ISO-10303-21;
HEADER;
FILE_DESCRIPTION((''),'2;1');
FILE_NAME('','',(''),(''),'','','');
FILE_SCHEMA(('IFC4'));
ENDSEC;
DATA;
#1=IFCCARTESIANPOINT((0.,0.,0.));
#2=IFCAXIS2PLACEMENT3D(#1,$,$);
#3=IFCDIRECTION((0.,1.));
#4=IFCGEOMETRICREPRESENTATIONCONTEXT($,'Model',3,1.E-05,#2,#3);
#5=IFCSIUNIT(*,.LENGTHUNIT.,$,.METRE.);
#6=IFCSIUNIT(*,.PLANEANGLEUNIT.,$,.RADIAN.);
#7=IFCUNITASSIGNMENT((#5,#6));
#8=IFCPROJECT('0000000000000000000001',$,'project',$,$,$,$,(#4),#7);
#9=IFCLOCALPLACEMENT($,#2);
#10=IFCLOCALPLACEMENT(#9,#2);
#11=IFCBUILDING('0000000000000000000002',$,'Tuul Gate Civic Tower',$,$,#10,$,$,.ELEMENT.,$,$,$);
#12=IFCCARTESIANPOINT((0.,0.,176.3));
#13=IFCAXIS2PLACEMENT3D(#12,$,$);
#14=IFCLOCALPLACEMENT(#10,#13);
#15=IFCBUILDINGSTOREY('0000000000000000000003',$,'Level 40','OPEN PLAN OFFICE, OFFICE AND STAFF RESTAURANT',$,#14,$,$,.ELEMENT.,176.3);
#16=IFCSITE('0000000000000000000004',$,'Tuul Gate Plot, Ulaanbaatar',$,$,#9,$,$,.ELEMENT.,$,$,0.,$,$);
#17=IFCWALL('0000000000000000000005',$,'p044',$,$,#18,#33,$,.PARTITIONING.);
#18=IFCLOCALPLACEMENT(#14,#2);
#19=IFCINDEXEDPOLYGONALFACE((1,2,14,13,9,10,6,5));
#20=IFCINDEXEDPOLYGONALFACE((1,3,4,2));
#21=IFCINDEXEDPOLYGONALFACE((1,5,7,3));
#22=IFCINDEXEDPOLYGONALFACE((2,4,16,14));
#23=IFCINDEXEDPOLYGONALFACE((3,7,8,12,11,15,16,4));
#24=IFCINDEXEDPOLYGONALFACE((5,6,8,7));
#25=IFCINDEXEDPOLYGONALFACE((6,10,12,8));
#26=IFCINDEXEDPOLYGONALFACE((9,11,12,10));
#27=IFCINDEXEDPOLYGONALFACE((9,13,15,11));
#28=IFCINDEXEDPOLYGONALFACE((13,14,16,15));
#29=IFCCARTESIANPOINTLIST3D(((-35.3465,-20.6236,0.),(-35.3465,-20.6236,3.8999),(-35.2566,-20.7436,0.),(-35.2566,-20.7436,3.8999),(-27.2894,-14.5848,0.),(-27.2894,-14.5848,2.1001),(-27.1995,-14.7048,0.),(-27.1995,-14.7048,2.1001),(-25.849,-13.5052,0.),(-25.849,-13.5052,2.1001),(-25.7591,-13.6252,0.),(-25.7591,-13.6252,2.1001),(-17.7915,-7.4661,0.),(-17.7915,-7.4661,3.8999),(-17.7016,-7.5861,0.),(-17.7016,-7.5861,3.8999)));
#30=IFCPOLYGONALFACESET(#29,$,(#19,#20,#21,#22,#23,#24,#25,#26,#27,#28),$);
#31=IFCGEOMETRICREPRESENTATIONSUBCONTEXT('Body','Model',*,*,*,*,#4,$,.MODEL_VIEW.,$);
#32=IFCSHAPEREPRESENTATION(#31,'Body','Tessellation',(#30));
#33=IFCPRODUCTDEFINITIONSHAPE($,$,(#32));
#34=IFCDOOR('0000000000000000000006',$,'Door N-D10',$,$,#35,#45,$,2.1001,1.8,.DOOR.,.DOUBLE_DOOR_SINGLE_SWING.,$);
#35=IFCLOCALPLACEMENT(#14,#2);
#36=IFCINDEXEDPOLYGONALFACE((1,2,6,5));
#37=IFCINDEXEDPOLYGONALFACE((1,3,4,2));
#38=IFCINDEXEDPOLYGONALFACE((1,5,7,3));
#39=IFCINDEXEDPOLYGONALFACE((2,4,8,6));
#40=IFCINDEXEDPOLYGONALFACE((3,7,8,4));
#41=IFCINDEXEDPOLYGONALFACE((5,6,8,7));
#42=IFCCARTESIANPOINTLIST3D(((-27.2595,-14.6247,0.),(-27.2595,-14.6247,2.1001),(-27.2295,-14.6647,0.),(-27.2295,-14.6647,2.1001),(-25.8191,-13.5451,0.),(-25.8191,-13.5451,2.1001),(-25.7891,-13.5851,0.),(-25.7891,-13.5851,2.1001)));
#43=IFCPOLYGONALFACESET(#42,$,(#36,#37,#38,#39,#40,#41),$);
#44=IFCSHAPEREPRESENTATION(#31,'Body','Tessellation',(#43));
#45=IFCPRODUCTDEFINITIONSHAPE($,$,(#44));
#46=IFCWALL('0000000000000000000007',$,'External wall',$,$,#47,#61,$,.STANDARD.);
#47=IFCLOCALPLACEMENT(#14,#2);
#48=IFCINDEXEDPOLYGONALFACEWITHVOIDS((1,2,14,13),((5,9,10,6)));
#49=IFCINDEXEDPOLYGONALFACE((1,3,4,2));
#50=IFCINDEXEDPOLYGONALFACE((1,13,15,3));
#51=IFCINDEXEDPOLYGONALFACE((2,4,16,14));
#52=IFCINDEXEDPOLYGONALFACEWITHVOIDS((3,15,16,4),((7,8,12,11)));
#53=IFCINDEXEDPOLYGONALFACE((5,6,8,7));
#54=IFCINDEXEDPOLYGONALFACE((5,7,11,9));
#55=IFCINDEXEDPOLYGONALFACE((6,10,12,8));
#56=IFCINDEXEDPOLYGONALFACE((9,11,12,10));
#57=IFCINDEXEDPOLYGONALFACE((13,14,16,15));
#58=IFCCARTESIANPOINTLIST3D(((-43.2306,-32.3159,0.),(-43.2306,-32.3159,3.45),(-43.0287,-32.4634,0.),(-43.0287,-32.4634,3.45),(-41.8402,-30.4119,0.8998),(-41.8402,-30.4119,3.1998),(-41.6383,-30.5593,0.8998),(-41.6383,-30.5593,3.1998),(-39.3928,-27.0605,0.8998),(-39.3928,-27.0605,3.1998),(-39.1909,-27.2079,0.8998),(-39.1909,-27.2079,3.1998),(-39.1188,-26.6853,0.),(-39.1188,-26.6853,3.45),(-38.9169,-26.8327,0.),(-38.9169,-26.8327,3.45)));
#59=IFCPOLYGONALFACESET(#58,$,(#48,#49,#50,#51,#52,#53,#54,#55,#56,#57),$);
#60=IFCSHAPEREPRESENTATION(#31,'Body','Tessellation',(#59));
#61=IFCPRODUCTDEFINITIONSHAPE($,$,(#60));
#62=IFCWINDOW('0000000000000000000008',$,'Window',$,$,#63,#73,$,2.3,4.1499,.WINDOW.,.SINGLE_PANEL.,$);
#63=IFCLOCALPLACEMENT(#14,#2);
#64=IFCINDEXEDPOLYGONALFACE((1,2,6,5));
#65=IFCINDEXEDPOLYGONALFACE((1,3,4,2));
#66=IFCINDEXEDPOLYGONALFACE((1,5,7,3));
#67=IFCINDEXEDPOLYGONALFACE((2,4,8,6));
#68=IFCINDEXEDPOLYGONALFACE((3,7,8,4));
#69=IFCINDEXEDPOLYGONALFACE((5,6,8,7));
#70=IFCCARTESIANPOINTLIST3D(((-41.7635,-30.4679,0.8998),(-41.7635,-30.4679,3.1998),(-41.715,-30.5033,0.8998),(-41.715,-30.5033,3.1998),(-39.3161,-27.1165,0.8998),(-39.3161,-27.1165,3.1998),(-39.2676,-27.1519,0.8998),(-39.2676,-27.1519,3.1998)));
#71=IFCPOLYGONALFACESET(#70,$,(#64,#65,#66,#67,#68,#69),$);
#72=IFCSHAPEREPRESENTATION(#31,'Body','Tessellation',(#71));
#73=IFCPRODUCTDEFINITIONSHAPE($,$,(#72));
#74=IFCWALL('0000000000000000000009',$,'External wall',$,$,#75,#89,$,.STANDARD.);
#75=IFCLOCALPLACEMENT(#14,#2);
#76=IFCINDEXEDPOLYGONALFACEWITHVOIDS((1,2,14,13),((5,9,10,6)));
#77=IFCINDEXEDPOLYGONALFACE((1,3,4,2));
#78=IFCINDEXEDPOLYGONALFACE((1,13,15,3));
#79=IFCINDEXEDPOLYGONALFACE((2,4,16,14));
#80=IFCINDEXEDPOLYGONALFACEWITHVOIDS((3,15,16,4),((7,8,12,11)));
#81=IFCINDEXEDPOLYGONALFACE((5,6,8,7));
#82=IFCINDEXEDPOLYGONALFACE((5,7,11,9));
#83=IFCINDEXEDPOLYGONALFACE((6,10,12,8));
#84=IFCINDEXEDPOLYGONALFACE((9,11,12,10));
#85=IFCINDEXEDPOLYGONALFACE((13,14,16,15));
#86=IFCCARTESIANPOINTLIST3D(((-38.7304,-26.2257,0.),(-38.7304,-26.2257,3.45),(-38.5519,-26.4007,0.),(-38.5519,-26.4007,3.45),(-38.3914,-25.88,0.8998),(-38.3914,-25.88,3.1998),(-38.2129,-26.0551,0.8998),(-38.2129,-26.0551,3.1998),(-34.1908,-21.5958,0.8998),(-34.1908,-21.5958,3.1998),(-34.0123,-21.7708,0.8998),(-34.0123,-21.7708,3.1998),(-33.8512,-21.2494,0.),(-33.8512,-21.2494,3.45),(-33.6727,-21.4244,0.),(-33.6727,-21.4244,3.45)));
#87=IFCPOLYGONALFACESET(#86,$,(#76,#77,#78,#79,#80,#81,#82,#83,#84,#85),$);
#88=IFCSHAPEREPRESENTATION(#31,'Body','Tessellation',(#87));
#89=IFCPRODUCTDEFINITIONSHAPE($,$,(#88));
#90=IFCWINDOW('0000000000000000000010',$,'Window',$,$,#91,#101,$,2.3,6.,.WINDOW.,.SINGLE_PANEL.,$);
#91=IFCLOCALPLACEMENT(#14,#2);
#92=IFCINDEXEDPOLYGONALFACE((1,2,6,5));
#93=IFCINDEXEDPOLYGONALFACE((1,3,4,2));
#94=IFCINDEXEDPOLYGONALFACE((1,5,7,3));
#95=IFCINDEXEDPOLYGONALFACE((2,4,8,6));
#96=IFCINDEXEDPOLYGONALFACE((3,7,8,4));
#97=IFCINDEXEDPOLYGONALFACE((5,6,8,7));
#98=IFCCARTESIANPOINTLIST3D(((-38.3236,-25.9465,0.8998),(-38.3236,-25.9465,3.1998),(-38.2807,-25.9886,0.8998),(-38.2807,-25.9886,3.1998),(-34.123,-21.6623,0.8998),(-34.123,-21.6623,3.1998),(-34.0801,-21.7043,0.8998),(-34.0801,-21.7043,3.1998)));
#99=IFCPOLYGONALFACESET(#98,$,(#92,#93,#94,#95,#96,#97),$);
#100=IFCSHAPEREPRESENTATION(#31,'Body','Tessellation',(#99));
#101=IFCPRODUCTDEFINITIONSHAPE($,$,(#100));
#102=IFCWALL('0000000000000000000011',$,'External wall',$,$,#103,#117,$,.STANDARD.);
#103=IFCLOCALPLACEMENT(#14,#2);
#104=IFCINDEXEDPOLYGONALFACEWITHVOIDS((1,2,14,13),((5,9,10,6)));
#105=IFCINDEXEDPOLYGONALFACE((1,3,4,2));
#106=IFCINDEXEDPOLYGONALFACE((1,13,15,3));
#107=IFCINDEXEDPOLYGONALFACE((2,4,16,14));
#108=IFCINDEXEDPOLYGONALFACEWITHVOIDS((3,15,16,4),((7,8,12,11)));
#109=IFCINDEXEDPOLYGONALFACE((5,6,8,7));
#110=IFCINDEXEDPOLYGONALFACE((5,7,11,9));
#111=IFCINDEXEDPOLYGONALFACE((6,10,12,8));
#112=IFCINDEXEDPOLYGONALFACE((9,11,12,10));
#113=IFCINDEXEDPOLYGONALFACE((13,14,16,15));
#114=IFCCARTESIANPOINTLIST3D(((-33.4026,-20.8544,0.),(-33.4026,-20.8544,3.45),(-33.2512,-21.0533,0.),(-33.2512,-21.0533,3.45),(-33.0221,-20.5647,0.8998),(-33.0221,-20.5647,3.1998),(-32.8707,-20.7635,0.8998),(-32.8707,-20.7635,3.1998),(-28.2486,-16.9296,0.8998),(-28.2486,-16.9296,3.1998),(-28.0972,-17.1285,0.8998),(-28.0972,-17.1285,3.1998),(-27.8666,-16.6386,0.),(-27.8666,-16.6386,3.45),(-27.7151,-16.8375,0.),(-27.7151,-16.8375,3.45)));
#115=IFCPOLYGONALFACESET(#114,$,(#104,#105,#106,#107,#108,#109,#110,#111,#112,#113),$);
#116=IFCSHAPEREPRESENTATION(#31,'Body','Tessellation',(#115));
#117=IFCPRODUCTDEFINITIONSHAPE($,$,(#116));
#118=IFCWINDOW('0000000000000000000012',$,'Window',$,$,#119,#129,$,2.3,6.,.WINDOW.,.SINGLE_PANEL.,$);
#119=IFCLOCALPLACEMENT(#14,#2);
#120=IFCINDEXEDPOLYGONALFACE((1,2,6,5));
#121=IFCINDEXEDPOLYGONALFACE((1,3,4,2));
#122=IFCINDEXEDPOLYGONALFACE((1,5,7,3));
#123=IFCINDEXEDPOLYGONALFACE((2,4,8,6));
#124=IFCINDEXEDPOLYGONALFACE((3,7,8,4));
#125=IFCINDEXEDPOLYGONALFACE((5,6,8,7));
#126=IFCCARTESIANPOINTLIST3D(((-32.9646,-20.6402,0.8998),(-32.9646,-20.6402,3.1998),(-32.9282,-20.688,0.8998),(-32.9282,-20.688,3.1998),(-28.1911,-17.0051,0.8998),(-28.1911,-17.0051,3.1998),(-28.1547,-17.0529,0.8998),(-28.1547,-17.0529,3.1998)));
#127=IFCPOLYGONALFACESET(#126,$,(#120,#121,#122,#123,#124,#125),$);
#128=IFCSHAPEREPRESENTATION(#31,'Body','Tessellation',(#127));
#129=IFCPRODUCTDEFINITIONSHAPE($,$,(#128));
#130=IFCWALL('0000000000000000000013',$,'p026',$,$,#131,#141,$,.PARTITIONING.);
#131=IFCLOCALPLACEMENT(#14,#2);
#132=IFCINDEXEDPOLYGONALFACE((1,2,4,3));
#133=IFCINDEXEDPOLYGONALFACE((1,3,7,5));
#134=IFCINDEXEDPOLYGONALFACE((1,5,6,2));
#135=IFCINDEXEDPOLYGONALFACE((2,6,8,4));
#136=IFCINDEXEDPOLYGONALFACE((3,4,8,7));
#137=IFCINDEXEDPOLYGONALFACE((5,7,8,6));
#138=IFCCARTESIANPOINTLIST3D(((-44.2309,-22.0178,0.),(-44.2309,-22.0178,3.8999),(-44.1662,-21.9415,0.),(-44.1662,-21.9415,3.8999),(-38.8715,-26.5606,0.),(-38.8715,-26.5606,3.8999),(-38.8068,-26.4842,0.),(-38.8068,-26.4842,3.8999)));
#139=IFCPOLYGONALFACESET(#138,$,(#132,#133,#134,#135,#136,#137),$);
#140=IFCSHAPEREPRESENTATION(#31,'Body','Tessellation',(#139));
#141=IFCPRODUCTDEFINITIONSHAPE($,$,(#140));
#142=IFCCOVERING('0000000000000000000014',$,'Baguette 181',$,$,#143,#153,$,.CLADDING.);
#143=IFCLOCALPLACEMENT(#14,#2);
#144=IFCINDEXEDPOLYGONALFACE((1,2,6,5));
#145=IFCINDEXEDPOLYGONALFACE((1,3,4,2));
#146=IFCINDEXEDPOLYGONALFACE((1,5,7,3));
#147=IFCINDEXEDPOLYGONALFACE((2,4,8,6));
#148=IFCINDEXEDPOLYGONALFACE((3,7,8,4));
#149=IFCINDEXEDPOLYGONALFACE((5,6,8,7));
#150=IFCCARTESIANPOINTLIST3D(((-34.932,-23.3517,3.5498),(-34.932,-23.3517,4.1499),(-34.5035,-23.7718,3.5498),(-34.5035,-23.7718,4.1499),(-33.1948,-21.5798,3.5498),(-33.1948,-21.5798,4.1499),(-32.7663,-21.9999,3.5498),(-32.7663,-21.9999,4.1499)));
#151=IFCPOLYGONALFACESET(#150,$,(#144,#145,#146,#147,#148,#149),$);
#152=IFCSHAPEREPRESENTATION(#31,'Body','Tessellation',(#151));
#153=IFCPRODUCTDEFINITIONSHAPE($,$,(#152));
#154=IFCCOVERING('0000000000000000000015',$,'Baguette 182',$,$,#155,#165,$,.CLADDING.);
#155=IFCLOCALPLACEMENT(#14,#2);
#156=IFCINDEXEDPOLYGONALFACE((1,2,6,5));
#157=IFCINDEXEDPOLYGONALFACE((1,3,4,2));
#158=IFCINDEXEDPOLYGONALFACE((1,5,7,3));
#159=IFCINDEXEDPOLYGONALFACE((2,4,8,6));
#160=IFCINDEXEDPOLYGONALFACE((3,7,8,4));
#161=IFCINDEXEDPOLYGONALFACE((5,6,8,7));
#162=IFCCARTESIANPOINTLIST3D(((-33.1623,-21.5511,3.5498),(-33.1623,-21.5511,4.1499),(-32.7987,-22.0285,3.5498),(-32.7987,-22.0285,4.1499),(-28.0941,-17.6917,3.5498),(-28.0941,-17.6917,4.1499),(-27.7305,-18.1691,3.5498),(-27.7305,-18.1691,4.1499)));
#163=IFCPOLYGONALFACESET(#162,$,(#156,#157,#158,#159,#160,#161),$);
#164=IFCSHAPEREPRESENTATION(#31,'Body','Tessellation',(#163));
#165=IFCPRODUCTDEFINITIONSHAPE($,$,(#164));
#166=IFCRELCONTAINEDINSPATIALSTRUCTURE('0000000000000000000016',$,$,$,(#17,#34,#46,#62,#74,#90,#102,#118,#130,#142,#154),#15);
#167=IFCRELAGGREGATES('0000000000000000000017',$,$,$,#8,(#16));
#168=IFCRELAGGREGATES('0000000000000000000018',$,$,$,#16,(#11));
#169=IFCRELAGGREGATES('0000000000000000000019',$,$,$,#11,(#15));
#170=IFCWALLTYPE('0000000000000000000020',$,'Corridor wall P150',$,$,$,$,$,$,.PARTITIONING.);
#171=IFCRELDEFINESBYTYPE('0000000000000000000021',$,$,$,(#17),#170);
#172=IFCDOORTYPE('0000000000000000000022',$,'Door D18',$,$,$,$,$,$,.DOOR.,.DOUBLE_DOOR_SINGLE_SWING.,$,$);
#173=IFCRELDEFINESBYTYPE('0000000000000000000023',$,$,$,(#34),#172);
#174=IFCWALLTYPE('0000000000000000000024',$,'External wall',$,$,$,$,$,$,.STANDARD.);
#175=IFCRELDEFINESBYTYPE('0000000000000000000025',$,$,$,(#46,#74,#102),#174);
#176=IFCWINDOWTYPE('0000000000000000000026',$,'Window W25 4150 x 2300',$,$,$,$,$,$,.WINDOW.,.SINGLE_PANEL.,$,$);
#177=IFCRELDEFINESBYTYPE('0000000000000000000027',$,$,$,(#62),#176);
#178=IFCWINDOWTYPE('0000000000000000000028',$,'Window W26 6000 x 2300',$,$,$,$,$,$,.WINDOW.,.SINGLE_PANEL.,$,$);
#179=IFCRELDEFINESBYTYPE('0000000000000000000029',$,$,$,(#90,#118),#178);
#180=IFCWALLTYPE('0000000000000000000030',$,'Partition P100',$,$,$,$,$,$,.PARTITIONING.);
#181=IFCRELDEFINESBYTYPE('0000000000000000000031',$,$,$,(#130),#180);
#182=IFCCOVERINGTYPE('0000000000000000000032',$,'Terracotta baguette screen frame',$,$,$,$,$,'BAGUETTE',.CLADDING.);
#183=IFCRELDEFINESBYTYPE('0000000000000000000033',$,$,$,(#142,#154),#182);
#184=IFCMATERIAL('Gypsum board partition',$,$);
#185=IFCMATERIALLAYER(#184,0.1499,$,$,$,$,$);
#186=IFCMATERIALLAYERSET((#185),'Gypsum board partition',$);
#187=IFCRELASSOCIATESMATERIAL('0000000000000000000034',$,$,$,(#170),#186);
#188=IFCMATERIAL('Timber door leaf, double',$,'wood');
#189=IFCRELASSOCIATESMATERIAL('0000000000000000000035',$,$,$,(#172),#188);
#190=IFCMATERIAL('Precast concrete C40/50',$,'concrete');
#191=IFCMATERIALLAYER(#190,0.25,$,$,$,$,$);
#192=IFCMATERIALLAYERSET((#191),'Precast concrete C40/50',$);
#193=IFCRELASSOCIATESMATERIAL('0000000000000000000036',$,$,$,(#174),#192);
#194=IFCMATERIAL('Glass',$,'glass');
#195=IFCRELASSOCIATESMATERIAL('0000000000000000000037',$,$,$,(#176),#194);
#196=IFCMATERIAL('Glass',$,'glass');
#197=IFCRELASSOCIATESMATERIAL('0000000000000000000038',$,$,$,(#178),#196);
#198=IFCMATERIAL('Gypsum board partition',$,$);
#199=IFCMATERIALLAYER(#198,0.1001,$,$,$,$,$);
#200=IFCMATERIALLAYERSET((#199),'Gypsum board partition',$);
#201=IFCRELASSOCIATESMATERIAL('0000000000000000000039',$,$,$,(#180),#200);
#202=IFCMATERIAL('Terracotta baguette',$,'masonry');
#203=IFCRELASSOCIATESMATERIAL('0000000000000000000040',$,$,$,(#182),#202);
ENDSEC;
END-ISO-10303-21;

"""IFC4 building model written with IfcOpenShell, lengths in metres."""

from ifc_helpers import new_model, si_unit, direction, frame, frame_2d, origin, origin_2d, place, context, subcontext, project, spatial, rectangle, extrude, material, layer, layer_set, material_profile, profile_set, type_object, element, fill, save


model = new_model("IFC4")

# Units and contexts
model_context = context("Model", 3, precision=1e-05, world=origin(), true_north=direction((0.0, 1.0)))
body_context = subcontext(model_context, "Body", "Model", "MODEL_VIEW")
ifc_project = project(units=[si_unit("LENGTHUNIT", "METRE"), si_unit("PLANEANGLEUNIT", "RADIAN")], contexts=[model_context])

# Site, building, storey
site_placement = place(None, origin())
site = spatial("IfcSite", under=ifc_project, at=site_placement, Name="Tuul Gate Plot, Ulaanbaatar", CompositionType="ELEMENT", RefElevation=0.0)
building_placement = place(site_placement, origin())
building = spatial("IfcBuilding", under=site, at=building_placement, Name="Tuul Gate Civic Tower", CompositionType="ELEMENT")
storey_placement = place(building_placement, frame((0.0, 0.0, 176.3)))
storey = spatial("IfcBuildingStorey", under=building, at=storey_placement, Name="Level 40", Description="OPEN PLAN OFFICE, OFFICE AND STAFF RESTAURANT", CompositionType="ELEMENT", Elevation=176.3)

# Shared definitions
ifc_material_1 = material(Name="Gypsum board partition")
ifc_layer_1 = layer(ifc_material_1, 0.1499)
ifc_layer_set_1 = layer_set([ifc_layer_1], Name="Gypsum board partition")
wall_type_1 = type_object("IfcWallType", Name="Corridor wall P150", PredefinedType="PARTITIONING", material=ifc_layer_set_1)

# Wall, opening, door
wall_1_placement = place(storey_placement, frame((-35.3015, -20.6836, 0.0), z_axis=(0.0, 0.0, 1.0), x_axis=(0.800191, 0.599745, 0.0)))
wall_1 = element("IfcWall", 1, at=wall_1_placement, inside=storey, type_object=wall_type_1, Name="p044", PredefinedType="PARTITIONING", context=body_context, shape_type="SweptSolid", body=[
    extrude(rectangle(XDim=21.9385, YDim=0.1499, at=frame_2d((10.9692, 0.0))), origin(), (0.0, 0.0, 1.0), 3.8999),
])
opening_1_placement = place(wall_1_placement, frame((10.0691, 0.0, 0.0)))
opening_1 = element("IfcOpeningElement", 2, at=opening_1_placement, cuts=wall_1, PredefinedType="OPENING", context=body_context, shape_type="SweptSolid", body=[
    extrude(rectangle(XDim=1.8, YDim=2.1001, at=frame_2d((0.8999, 1.05))), frame((0.0, 0.085, 0.0), z_axis=(0.0, -1.0, 0.0), x_axis=(1.0, 0.0, 0.0)), (0.0, 0.0, 1.0), 0.1699),
])
ifc_material_2 = material(Name="Timber door leaf, double", Category="wood")
door_type = type_object("IfcDoorType", Name="Door D18", OperationType="DOUBLE_DOOR_SINGLE_SWING", PredefinedType="DOOR", material=ifc_material_2)
door_placement = place(opening_1_placement, frame((1.8, 0.0, 0.0), z_axis=(0.0, 0.0, 1.0), x_axis=(-1.0, 0.0, 0.0)))
door = element("IfcDoor", 3, at=door_placement, inside=storey, type_object=door_type, Name="Door N-D10", OperationType="DOUBLE_DOOR_SINGLE_SWING", OverallHeight=2.1001, OverallWidth=1.8, PredefinedType="DOOR", context=body_context, shape_type="SweptSolid", body=[
    extrude(rectangle(XDim=1.8, YDim=2.1001, at=frame_2d((0.9001, 1.05))), frame((0.0, 0.0249, 0.0), z_axis=(0.0, -1.0, 0.0), x_axis=(1.0, 0.0, 0.0)), (0.0, 0.0, 1.0), 0.05),
])
fill(opening_1, door)

# Walls, openings, windows
ifc_material_3 = material(Name="Precast concrete C40/50", Category="concrete")
ifc_layer_2 = layer(ifc_material_3, 0.25)
ifc_layer_set_2 = layer_set([ifc_layer_2], Name="Precast concrete C40/50")
wall_type_2 = type_object("IfcWallType", Name="External wall", PredefinedType="STANDARD", material=ifc_layer_set_2)
wall_2_placement = place(storey_placement, frame((-43.1296, -32.3896, 0.0), z_axis=(0.0, 0.0, 1.0), x_axis=(0.589749, 0.807587, 0.0)))
wall_2 = element("IfcWall", 4, at=wall_2_placement, inside=storey, type_object=wall_type_2, Name="External wall", PredefinedType="STANDARD", context=body_context, shape_type="SweptSolid", body=[
    extrude(rectangle(XDim=6.9722, YDim=0.25, at=frame_2d((3.4861, 0.0))), origin(), (0.0, 0.0, 1.0), 3.45),
])
opening_2_placement = place(wall_2_placement, frame((2.3577, 0.0, 0.8999)))
opening_2 = element("IfcOpeningElement", 5, at=opening_2_placement, cuts=wall_2, PredefinedType="OPENING", context=body_context, shape_type="SweptSolid", body=[
    extrude(rectangle(XDim=4.1499, YDim=2.3, at=frame_2d((2.075, 1.1499))), frame((0.0, 0.135, 0.0), z_axis=(0.0, -1.0, 0.0), x_axis=(1.0, 0.0, 0.0)), (0.0, 0.0, 1.0), 0.27),
])
ifc_material_4 = material(Name="Glass", Category="glass")
window_type_1 = type_object("IfcWindowType", Name="Window W25 4150 x 2300", PartitioningType="SINGLE_PANEL", PredefinedType="WINDOW", material=ifc_material_4)
window_1_placement = place(opening_2_placement, origin())
window_1 = element("IfcWindow", 6, at=window_1_placement, inside=storey, type_object=window_type_1, Name="Window", OverallHeight=2.3, OverallWidth=4.1499, PartitioningType="SINGLE_PANEL", PredefinedType="WINDOW", context=body_context, shape_type="SweptSolid", body=[
    extrude(rectangle(XDim=4.1499, YDim=2.3, at=frame_2d((2.075, 1.1499))), frame((0.0, 0.03, 0.0), z_axis=(0.0, -1.0, 0.0), x_axis=(1.0, 0.0, 0.0)), (0.0, 0.0, 1.0), 0.0601),
])
fill(opening_2, window_1)
wall_3_placement = place(storey_placement, frame((-38.6411, -26.3132, 0.0), z_axis=(0.0, 0.0, 1.0), x_axis=(0.700101, 0.714044, 0.0)))
wall_3 = element("IfcWall", 7, at=wall_3_placement, inside=storey, type_object=wall_type_2, Name="External wall", PredefinedType="STANDARD", context=body_context, shape_type="SweptSolid", body=[
    extrude(rectangle(XDim=6.9692, YDim=0.25, at=frame_2d((3.4846, 0.0))), origin(), (0.0, 0.0, 1.0), 3.45),
])
opening_3_placement = place(wall_3_placement, frame((0.4841, 0.0, 0.8999)))
opening_3 = element("IfcOpeningElement", 8, at=opening_3_placement, cuts=wall_3, PredefinedType="OPENING", context=body_context, shape_type="SweptSolid", body=[
    extrude(rectangle(XDim=6.0, YDim=2.3, at=frame_2d((3.0, 1.1499))), frame((0.0, 0.135, 0.0), z_axis=(0.0, -1.0, 0.0), x_axis=(1.0, 0.0, 0.0)), (0.0, 0.0, 1.0), 0.27),
])
ifc_material_5 = material(Name="Glass", Category="glass")
window_type_2 = type_object("IfcWindowType", Name="Window W26 6000 x 2300", PartitioningType="SINGLE_PANEL", PredefinedType="WINDOW", material=ifc_material_5)
window_2_placement = place(opening_3_placement, origin())
window_2 = element("IfcWindow", 9, at=window_2_placement, inside=storey, type_object=window_type_2, Name="Window", OverallHeight=2.3, OverallWidth=6.0, PartitioningType="SINGLE_PANEL", PredefinedType="WINDOW", context=body_context, shape_type="SweptSolid", body=[
    extrude(rectangle(XDim=6.0, YDim=2.3, at=frame_2d((3.0, 1.1499))), frame((0.0, 0.03, 0.0), z_axis=(0.0, -1.0, 0.0), x_axis=(1.0, 0.0, 0.0)), (0.0, 0.0, 1.0), 0.0601),
])
fill(opening_3, window_2)
wall_4_placement = place(storey_placement, frame((-33.3269, -20.9539, 0.0), z_axis=(0.0, 0.0, 1.0), x_axis=(0.795583, 0.605844, 0.0)))
wall_4 = element("IfcWall", 10, at=wall_4_placement, inside=storey, type_object=wall_type_2, Name="External wall", PredefinedType="STANDARD", context=body_context, shape_type="SweptSolid", body=[
    extrude(rectangle(XDim=6.9585, YDim=0.25, at=frame_2d((3.4792, 0.0))), origin(), (0.0, 0.0, 1.0), 3.45),
])
opening_4_placement = place(wall_4_placement, frame((0.4783, 0.0, 0.8999)))
opening_4 = element("IfcOpeningElement", 11, at=opening_4_placement, cuts=wall_4, PredefinedType="OPENING", context=body_context, shape_type="SweptSolid", body=[
    extrude(rectangle(XDim=6.0, YDim=2.3, at=frame_2d((3.0, 1.1499))), frame((0.0, 0.135, 0.0), z_axis=(0.0, -1.0, 0.0), x_axis=(1.0, 0.0, 0.0)), (0.0, 0.0, 1.0), 0.27),
])
window_3_placement = place(opening_4_placement, origin())
window_3 = element("IfcWindow", 12, at=window_3_placement, inside=storey, type_object=window_type_2, Name="Window", OverallHeight=2.3, OverallWidth=6.0, PartitioningType="SINGLE_PANEL", PredefinedType="WINDOW", context=body_context, shape_type="SweptSolid", body=[
    extrude(rectangle(XDim=6.0, YDim=2.3, at=frame_2d((3.0, 1.1499))), frame((0.0, 0.03, 0.0), z_axis=(0.0, -1.0, 0.0), x_axis=(1.0, 0.0, 0.0)), (0.0, 0.0, 1.0), 0.0601),
])
fill(opening_4, window_3)

# Wall
ifc_material_6 = material(Name="Gypsum board partition")
ifc_layer_3 = layer(ifc_material_6, 0.1001)
ifc_layer_set_3 = layer_set([ifc_layer_3], Name="Gypsum board partition")
wall_type_3 = type_object("IfcWallType", Name="Partition P100", PredefinedType="PARTITIONING", material=ifc_layer_set_3)
wall_5_placement = place(storey_placement, frame((-44.1985, -21.9797, 0.0), z_axis=(0.0, 0.0, 1.0), x_axis=(0.762834, -0.646595, 0.0)))
element("IfcWall", 13, at=wall_5_placement, inside=storey, type_object=wall_type_3, Name="p026", PredefinedType="PARTITIONING", context=body_context, shape_type="SweptSolid", body=[
    extrude(rectangle(XDim=7.0256, YDim=0.1001, at=frame_2d((3.5127, 0.0))), origin(), (0.0, 0.0, 1.0), 3.8999),
])

# Coverings
ifc_material_7 = material(Name="Terracotta baguette", Category="masonry")
ifc_material_profile_1 = material_profile(ifc_material_7, rectangle(XDim=0.6001, YDim=0.6001, at=origin_2d()), Name="Terracotta baguette screen frame")
ifc_profile_set_1 = profile_set([ifc_material_profile_1], Name="Terracotta baguette")
covering_type = type_object("IfcCoveringType", Name="Terracotta baguette screen frame", ElementType="BAGUETTE", PredefinedType="CLADDING", material=ifc_profile_set_1)
covering_1_placement = place(storey_placement, frame((-34.7178, -23.5618, 3.8499), z_axis=(0.700087, 0.714057, 0.0), x_axis=(-0.714057, 0.700087, 0.0)))
element("IfcCovering", 14, at=covering_1_placement, inside=storey, type_object=covering_type, Name="Baguette 181", PredefinedType="CLADDING", context=body_context, shape_type="SweptSolid", body=[
    extrude(rectangle(XDim=0.6001, YDim=0.6001, at=origin_2d()), origin(), (0.0, 0.0, 1.0), 2.4814),
])
covering_2_placement = place(storey_placement, frame((-32.9805, -21.7898, 3.8499), z_axis=(0.795587, 0.60584, 0.0), x_axis=(-0.60584, 0.795587, 0.0)))
element("IfcCovering", 15, at=covering_2_placement, inside=storey, type_object=covering_type, Name="Baguette 182", PredefinedType="CLADDING", context=body_context, shape_type="SweptSolid", body=[
    extrude(rectangle(XDim=0.6001, YDim=0.6001, at=origin_2d()), origin(), (0.0, 0.0, 1.0), 6.3704),
])

save(model, "model.ifc")
